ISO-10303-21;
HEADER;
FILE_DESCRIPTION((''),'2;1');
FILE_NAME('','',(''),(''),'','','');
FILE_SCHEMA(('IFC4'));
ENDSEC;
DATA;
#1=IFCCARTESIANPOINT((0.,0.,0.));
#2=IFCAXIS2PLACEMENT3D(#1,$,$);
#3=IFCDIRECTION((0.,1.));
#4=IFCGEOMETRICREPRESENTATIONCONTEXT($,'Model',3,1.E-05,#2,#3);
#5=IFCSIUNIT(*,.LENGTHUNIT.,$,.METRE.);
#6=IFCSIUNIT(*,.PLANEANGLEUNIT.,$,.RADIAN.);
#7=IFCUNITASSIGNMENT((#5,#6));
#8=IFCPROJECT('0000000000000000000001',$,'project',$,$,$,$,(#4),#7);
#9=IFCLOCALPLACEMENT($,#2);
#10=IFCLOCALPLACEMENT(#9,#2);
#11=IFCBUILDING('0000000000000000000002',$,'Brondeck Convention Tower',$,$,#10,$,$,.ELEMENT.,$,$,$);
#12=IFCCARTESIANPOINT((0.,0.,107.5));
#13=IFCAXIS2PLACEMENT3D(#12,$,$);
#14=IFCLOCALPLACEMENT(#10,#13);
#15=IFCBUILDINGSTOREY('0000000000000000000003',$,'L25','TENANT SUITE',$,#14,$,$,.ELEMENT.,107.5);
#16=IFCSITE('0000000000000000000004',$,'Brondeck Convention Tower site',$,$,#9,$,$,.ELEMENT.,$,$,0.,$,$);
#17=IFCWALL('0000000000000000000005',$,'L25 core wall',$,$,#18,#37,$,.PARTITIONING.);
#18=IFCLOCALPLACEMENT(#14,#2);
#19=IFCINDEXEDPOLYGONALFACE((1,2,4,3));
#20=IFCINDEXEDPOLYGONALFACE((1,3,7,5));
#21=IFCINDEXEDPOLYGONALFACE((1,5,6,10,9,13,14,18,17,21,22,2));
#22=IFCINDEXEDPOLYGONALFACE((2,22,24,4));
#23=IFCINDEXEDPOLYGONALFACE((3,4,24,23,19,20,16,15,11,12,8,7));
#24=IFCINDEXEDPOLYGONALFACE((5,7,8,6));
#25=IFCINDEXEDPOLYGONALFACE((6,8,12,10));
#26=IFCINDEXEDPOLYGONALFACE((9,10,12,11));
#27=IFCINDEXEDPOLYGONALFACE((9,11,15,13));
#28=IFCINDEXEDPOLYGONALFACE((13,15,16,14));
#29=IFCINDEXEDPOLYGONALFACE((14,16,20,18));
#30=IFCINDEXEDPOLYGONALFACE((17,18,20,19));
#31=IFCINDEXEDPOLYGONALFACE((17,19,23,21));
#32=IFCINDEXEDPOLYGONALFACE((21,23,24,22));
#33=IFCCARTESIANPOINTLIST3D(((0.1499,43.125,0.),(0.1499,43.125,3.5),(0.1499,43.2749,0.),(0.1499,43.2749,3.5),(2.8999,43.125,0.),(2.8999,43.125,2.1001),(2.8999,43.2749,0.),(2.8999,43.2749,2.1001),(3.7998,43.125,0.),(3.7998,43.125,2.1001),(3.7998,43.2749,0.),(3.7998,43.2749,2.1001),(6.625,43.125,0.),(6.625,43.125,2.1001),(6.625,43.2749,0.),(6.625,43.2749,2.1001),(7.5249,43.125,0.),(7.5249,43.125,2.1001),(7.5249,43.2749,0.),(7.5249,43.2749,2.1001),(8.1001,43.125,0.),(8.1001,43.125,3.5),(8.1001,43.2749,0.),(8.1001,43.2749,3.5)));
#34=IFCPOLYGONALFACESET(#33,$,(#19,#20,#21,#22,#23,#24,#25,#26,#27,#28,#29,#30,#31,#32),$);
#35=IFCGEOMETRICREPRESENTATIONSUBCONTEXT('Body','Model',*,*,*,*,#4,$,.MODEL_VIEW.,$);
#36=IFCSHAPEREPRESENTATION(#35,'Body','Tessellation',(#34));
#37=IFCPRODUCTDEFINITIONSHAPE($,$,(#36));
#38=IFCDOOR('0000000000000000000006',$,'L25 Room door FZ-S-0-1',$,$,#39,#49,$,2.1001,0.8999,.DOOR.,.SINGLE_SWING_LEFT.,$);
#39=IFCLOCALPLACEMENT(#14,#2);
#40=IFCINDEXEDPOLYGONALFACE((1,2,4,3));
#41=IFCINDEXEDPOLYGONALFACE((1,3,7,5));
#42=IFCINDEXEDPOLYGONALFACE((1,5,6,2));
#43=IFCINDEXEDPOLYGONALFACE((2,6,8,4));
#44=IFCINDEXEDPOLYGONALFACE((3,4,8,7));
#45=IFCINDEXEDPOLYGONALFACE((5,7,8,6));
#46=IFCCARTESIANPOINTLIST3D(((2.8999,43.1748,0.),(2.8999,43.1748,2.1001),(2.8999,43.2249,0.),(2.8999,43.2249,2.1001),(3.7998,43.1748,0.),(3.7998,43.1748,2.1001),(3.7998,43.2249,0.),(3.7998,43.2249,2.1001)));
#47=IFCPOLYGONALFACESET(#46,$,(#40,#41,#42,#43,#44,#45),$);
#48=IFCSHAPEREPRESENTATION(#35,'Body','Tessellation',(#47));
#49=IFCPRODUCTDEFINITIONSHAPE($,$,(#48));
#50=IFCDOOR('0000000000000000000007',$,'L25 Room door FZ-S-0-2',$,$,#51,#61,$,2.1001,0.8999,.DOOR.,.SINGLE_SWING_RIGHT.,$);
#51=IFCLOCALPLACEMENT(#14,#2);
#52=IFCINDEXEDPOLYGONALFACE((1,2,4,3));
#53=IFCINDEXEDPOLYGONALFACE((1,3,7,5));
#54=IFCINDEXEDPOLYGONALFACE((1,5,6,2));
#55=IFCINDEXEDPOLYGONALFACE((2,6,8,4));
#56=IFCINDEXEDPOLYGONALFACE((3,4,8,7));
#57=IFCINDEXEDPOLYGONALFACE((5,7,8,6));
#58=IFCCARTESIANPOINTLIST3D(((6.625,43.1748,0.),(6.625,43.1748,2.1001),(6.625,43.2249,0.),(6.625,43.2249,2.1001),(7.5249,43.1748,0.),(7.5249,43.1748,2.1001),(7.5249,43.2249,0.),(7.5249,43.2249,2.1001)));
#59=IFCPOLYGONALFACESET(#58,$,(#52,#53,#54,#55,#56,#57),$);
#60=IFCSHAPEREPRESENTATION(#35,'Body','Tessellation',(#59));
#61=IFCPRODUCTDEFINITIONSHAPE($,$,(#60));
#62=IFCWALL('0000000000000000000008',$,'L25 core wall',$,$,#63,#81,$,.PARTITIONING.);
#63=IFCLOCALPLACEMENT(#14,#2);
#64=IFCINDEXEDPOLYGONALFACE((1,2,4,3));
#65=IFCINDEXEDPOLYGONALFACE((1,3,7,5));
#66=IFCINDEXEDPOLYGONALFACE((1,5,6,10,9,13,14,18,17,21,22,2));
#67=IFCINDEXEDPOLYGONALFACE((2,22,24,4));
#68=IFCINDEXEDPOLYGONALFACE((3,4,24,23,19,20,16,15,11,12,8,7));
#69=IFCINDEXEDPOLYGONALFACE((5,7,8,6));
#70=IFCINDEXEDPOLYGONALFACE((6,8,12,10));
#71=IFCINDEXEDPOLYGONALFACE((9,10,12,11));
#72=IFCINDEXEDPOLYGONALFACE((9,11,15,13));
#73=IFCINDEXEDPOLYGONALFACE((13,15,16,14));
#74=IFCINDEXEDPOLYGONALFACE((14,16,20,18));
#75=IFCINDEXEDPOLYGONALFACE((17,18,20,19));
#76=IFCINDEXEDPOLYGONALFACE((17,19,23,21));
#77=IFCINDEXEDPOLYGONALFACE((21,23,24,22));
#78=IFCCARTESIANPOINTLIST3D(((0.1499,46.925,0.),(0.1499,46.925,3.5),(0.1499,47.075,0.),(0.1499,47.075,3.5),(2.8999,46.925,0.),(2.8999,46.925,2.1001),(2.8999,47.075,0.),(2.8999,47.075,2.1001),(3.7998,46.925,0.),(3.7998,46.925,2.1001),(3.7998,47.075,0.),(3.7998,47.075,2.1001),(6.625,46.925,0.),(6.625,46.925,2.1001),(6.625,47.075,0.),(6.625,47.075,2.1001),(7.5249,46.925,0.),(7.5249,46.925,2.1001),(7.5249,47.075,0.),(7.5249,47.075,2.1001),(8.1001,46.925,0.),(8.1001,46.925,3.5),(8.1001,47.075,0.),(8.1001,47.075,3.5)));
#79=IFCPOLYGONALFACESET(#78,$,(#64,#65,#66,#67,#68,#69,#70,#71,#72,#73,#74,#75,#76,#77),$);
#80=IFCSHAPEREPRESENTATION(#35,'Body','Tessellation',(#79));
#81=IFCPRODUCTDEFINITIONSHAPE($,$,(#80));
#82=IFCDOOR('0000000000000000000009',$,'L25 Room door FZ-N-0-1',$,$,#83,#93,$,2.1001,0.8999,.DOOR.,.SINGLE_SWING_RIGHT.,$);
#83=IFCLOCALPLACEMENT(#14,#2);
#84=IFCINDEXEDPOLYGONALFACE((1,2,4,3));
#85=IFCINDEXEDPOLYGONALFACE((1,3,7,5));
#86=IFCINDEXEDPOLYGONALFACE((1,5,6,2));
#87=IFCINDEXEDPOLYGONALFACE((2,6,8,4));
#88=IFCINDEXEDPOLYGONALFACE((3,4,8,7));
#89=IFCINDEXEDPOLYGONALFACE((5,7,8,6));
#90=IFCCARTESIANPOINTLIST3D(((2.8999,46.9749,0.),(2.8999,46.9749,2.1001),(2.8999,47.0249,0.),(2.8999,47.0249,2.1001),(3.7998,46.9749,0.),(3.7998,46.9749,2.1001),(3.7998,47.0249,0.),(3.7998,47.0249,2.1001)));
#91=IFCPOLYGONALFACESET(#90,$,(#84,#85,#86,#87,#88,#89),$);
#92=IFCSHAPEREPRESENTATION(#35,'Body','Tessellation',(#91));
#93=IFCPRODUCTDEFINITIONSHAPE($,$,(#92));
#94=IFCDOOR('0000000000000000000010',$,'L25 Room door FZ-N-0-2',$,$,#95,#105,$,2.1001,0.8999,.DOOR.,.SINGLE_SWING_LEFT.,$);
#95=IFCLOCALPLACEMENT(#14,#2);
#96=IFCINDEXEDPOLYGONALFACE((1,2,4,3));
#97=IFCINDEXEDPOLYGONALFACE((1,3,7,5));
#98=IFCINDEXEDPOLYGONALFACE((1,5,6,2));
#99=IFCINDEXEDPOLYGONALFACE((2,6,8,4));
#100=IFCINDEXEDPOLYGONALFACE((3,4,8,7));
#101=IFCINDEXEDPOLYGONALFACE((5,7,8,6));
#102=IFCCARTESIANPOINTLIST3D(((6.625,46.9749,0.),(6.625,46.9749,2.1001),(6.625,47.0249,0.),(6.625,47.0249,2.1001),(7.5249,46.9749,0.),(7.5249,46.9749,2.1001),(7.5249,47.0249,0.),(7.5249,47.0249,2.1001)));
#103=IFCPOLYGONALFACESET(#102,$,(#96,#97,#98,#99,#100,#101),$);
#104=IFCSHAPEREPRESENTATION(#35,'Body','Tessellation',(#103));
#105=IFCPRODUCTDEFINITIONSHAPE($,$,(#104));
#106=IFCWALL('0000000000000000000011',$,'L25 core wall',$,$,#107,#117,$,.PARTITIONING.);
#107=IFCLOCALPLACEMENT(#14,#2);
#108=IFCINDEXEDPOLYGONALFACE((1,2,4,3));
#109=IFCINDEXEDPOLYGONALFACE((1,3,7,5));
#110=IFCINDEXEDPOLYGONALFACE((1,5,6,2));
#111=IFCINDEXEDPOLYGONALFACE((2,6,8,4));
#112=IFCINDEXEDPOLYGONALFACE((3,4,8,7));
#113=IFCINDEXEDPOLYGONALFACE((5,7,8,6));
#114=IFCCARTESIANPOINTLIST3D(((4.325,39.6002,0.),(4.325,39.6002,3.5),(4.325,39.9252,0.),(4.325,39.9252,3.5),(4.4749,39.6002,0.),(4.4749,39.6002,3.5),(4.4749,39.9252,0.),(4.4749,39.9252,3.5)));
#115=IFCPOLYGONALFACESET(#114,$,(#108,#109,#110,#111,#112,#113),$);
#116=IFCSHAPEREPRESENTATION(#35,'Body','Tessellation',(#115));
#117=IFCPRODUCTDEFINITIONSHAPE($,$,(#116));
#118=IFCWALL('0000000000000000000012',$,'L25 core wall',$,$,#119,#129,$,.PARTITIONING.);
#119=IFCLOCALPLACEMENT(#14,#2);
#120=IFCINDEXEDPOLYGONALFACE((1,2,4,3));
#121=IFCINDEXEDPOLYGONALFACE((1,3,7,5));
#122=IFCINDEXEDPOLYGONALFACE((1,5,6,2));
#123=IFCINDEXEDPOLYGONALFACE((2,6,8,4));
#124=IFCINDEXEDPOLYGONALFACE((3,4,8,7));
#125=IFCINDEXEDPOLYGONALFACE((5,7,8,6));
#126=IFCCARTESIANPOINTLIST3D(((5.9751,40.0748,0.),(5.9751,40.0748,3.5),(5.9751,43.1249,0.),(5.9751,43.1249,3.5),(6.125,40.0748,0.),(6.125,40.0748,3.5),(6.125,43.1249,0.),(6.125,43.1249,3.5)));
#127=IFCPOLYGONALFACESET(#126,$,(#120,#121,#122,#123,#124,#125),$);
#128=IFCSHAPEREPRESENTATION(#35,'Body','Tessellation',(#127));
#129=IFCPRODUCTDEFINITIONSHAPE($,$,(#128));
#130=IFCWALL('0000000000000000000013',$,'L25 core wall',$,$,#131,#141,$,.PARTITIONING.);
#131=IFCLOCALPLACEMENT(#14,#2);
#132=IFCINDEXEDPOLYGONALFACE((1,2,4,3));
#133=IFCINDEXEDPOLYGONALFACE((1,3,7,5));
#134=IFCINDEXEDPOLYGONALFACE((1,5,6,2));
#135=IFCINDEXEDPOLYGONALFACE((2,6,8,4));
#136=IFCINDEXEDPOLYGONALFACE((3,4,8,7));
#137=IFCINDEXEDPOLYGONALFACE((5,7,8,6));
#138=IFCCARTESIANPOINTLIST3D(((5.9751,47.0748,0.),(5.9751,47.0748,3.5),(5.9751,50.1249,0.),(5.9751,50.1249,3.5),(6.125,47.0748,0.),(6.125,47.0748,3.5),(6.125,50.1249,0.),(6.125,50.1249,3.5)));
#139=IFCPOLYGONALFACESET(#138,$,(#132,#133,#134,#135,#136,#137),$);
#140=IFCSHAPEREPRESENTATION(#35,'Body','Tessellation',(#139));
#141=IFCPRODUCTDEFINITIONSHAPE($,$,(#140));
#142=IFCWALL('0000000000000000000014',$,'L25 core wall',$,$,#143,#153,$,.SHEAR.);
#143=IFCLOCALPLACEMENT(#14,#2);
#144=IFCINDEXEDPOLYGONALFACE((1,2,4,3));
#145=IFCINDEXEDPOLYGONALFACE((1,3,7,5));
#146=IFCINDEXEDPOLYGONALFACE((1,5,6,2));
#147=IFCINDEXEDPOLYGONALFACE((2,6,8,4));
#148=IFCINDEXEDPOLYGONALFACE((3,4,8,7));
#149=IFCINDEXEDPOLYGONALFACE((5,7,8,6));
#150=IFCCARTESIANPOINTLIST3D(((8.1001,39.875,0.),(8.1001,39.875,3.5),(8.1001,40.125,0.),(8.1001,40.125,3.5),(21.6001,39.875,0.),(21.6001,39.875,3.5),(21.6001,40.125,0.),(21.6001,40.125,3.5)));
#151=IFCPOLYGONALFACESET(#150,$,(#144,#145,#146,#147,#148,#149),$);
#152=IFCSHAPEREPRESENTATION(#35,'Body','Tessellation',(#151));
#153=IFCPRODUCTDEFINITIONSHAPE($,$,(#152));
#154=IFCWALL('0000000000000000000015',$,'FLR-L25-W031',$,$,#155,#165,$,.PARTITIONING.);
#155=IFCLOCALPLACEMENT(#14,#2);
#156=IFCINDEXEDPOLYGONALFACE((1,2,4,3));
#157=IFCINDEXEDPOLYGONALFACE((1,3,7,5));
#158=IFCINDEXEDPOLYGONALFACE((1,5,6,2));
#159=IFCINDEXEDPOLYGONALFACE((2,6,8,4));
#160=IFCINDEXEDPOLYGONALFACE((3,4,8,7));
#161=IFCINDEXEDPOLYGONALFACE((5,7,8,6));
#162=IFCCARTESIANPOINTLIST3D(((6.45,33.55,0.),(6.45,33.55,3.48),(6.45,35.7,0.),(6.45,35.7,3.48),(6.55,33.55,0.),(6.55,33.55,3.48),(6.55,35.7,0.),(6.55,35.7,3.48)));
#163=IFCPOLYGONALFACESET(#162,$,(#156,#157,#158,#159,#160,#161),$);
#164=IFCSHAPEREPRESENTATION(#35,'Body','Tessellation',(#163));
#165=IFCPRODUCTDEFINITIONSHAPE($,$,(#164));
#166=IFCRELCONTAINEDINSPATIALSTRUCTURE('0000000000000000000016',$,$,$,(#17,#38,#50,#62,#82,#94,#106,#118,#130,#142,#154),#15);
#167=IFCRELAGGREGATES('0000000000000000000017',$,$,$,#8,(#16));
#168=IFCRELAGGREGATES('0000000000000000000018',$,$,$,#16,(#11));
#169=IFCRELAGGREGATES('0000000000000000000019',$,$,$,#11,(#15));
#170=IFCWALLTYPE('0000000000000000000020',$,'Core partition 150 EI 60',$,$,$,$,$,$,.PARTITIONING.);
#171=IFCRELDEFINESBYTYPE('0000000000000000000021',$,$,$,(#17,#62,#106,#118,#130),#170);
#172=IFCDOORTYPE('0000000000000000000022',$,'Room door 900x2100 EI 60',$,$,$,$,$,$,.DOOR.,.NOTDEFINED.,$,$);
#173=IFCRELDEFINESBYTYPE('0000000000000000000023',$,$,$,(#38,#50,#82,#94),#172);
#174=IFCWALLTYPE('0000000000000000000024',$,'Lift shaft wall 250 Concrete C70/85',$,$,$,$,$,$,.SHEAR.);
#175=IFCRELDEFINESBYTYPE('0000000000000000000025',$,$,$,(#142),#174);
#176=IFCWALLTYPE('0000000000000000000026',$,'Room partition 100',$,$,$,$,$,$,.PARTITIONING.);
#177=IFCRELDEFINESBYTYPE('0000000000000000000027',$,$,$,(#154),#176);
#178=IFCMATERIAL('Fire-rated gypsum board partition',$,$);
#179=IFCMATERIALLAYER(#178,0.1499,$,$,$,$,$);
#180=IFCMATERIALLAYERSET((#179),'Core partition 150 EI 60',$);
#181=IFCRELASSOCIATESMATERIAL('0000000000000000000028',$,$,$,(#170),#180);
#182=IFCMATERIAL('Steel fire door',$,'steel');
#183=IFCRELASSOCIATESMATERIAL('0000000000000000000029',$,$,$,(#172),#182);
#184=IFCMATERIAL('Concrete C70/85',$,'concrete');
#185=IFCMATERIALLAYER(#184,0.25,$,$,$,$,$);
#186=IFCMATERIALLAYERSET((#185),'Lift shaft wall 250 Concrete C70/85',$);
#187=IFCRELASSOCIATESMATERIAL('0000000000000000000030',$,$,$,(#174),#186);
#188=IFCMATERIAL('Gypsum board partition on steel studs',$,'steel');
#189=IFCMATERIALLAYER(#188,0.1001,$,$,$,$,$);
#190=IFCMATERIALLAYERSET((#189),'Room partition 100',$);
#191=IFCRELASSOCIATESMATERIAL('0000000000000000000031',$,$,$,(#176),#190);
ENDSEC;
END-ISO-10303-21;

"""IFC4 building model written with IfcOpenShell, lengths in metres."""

from ifc_helpers import new_model, si_unit, direction, frame, frame_2d, origin, place, context, subcontext, project, spatial, rectangle, extrude, material, layer, layer_set, type_object, element, fill, save


model = new_model("IFC4")

# Units and contexts
model_context = context("Model", 3, precision=1e-05, world=origin(), true_north=direction((0.0, 1.0)))
body_context = subcontext(model_context, "Body", "Model", "MODEL_VIEW")
ifc_project = project(units=[si_unit("LENGTHUNIT", "METRE"), si_unit("PLANEANGLEUNIT", "RADIAN")], contexts=[model_context])

# Site, building, storey
site_placement = place(None, origin())
site = spatial("IfcSite", under=ifc_project, at=site_placement, Name="Brondeck Convention Tower site", CompositionType="ELEMENT", RefElevation=0.0)
building_placement = place(site_placement, origin())
building = spatial("IfcBuilding", under=site, at=building_placement, Name="Brondeck Convention Tower", CompositionType="ELEMENT")
storey_placement = place(building_placement, frame((0.0, 0.0, 107.5)))
storey = spatial("IfcBuildingStorey", under=building, at=storey_placement, Name="L25", Description="TENANT SUITE", CompositionType="ELEMENT", Elevation=107.5)

# Shared definitions
ifc_material_1 = material(Name="Concrete C70/85", Category="concrete")

# Shared definitions
ifc_material_2 = material(Name="Fire-rated gypsum board partition")
ifc_layer_1 = layer(ifc_material_2, 0.1499)
ifc_layer_set_1 = layer_set([ifc_layer_1], Name="Core partition 150 EI 60")
wall_type_1 = type_object("IfcWallType", Name="Core partition 150 EI 60", PredefinedType="PARTITIONING", material=ifc_layer_set_1)
ifc_material_3 = material(Name="Steel fire door", Category="steel")
door_type_1 = type_object("IfcDoorType", Name="Room door 900x2100 EI 60", OperationType="NOTDEFINED", PredefinedType="DOOR", material=ifc_material_3)

# Walls, openings, doors
wall_1_placement = place(storey_placement, frame((0.1499, 43.2, 0.0), z_axis=(0.0, 0.0, 1.0), x_axis=(1.0, 0.0, 0.0)))
wall_1 = element("IfcWall", 1, at=wall_1_placement, inside=storey, type_object=wall_type_1, Name="L25 core wall", PredefinedType="PARTITIONING", context=body_context, shape_type="SweptSolid", body=[
    extrude(rectangle(XDim=7.9502, YDim=0.1499, at=frame_2d((3.9751, 0.0))), origin(), (0.0, 0.0, 1.0), 3.5),
])
opening_1_placement = place(wall_1_placement, frame((2.75, 0.0, 0.0)))
opening_1 = element("IfcOpeningElement", 2, at=opening_1_placement, cuts=wall_1, PredefinedType="OPENING", context=body_context, shape_type="SweptSolid", body=[
    extrude(rectangle(XDim=0.8999, YDim=2.1001, at=frame_2d((0.45, 1.05))), frame((0.0, 0.085, 0.0), z_axis=(0.0, -1.0, 0.0), x_axis=(1.0, 0.0, 0.0)), (0.0, 0.0, 1.0), 0.1699),
])
opening_2_placement = place(wall_1_placement, frame((6.4751, 0.0, 0.0)))
opening_2 = element("IfcOpeningElement", 3, at=opening_2_placement, cuts=wall_1, PredefinedType="OPENING", context=body_context, shape_type="SweptSolid", body=[
    extrude(rectangle(XDim=0.8999, YDim=2.1001, at=frame_2d((0.45, 1.05))), frame((0.0, 0.085, 0.0), z_axis=(0.0, -1.0, 0.0), x_axis=(1.0, 0.0, 0.0)), (0.0, 0.0, 1.0), 0.1699),
])
door_1_placement = place(opening_1_placement, origin())
door_1 = element("IfcDoor", 4, at=door_1_placement, inside=storey, type_object=door_type_1, Name="L25 Room door FZ-S-0-1", OperationType="SINGLE_SWING_LEFT", OverallHeight=2.1001, OverallWidth=0.8999, PredefinedType="DOOR", context=body_context, shape_type="SweptSolid", body=[
    extrude(rectangle(XDim=0.8999, YDim=2.1001, at=frame_2d((0.45, 1.05))), frame((0.0, 0.0249, 0.0), z_axis=(0.0, -1.0, 0.0), x_axis=(1.0, 0.0, 0.0)), (0.0, 0.0, 1.0), 0.05),
])
fill(opening_1, door_1)
door_2_placement = place(opening_2_placement, origin())
door_2 = element("IfcDoor", 5, at=door_2_placement, inside=storey, type_object=door_type_1, Name="L25 Room door FZ-S-0-2", OperationType="SINGLE_SWING_RIGHT", OverallHeight=2.1001, OverallWidth=0.8999, PredefinedType="DOOR", context=body_context, shape_type="SweptSolid", body=[
    extrude(rectangle(XDim=0.8999, YDim=2.1001, at=frame_2d((0.45, 1.05))), frame((0.0, 0.0249, 0.0), z_axis=(0.0, -1.0, 0.0), x_axis=(1.0, 0.0, 0.0)), (0.0, 0.0, 1.0), 0.05),
])
fill(opening_2, door_2)
wall_2_placement = place(storey_placement, frame((0.1499, 47.0, 0.0), z_axis=(0.0, 0.0, 1.0), x_axis=(1.0, 0.0, 0.0)))
wall_2 = element("IfcWall", 6, at=wall_2_placement, inside=storey, type_object=wall_type_1, Name="L25 core wall", PredefinedType="PARTITIONING", context=body_context, shape_type="SweptSolid", body=[
    extrude(rectangle(XDim=7.9502, YDim=0.1499, at=frame_2d((3.9751, 0.0))), origin(), (0.0, 0.0, 1.0), 3.5),
])
opening_3_placement = place(wall_2_placement, frame((2.75, 0.0, 0.0)))
opening_3 = element("IfcOpeningElement", 7, at=opening_3_placement, cuts=wall_2, PredefinedType="OPENING", context=body_context, shape_type="SweptSolid", body=[
    extrude(rectangle(XDim=0.8999, YDim=2.1001, at=frame_2d((0.45, 1.05))), frame((0.0, 0.085, 0.0), z_axis=(0.0, -1.0, 0.0), x_axis=(1.0, 0.0, 0.0)), (0.0, 0.0, 1.0), 0.1699),
])
opening_4_placement = place(wall_2_placement, frame((6.4751, 0.0, 0.0)))
opening_4 = element("IfcOpeningElement", 8, at=opening_4_placement, cuts=wall_2, PredefinedType="OPENING", context=body_context, shape_type="SweptSolid", body=[
    extrude(rectangle(XDim=0.8999, YDim=2.1001, at=frame_2d((0.45, 1.05))), frame((0.0, 0.085, 0.0), z_axis=(0.0, -1.0, 0.0), x_axis=(1.0, 0.0, 0.0)), (0.0, 0.0, 1.0), 0.1699),
])
door_3_placement = place(opening_3_placement, origin())
door_3 = element("IfcDoor", 9, at=door_3_placement, inside=storey, type_object=door_type_1, Name="L25 Room door FZ-N-0-1", OperationType="SINGLE_SWING_RIGHT", OverallHeight=2.1001, OverallWidth=0.8999, PredefinedType="DOOR", context=body_context, shape_type="SweptSolid", body=[
    extrude(rectangle(XDim=0.8999, YDim=2.1001, at=frame_2d((0.45, 1.05))), frame((0.0, 0.0249, 0.0), z_axis=(0.0, -1.0, 0.0), x_axis=(1.0, 0.0, 0.0)), (0.0, 0.0, 1.0), 0.05),
])
fill(opening_3, door_3)
door_4_placement = place(opening_4_placement, origin())
door_4 = element("IfcDoor", 10, at=door_4_placement, inside=storey, type_object=door_type_1, Name="L25 Room door FZ-N-0-2", OperationType="SINGLE_SWING_LEFT", OverallHeight=2.1001, OverallWidth=0.8999, PredefinedType="DOOR", context=body_context, shape_type="SweptSolid", body=[
    extrude(rectangle(XDim=0.8999, YDim=2.1001, at=frame_2d((0.45, 1.05))), frame((0.0, 0.0249, 0.0), z_axis=(0.0, -1.0, 0.0), x_axis=(1.0, 0.0, 0.0)), (0.0, 0.0, 1.0), 0.05),
])
fill(opening_4, door_4)

# Walls
wall_3_placement = place(storey_placement, frame((4.3999, 39.6001, 0.0), z_axis=(0.0, 0.0, 1.0), x_axis=(0.0, 1.0, 0.0)))
element("IfcWall", 11, at=wall_3_placement, inside=storey, type_object=wall_type_1, Name="L25 core wall", PredefinedType="PARTITIONING", context=body_context, shape_type="SweptSolid", body=[
    extrude(rectangle(XDim=0.325, YDim=0.1499, at=frame_2d((0.1626, 0.0))), origin(), (0.0, 0.0, 1.0), 3.5),
])
for number, where, z_axis, x_axis, name in (
    (12, (6.05, 40.075, 0.0), (0.0, 0.0, 1.0), (0.0, 1.0, 0.0), "L25 core wall"),
    (13, (6.05, 47.075, 0.0), (0.0, 0.0, 1.0), (0.0, 1.0, 0.0), "L25 core wall"),
):
    element("IfcWall", number, at=place(storey_placement, frame(where, z_axis=z_axis, x_axis=x_axis)), inside=storey, type_object=wall_type_1, Name=name, PredefinedType="PARTITIONING", context=body_context, shape_type="SweptSolid", body=[
        extrude(rectangle(XDim=3.05, YDim=0.1499, at=frame_2d((1.5249, 0.0))), origin(), (0.0, 0.0, 1.0), 3.5),
    ])
ifc_layer_2 = layer(ifc_material_1, 0.25)
ifc_layer_set_2 = layer_set([ifc_layer_2], Name="Lift shaft wall 250 Concrete C70/85")
wall_type_2 = type_object("IfcWallType", Name="Lift shaft wall 250 Concrete C70/85", PredefinedType="SHEAR", material=ifc_layer_set_2)
wall_4_placement = place(storey_placement, frame((8.1001, 40.0, 0.0), z_axis=(0.0, 0.0, 1.0), x_axis=(1.0, 0.0, 0.0)))
element("IfcWall", 14, at=wall_4_placement, inside=storey, type_object=wall_type_2, Name="L25 core wall", PredefinedType="SHEAR", context=body_context, shape_type="SweptSolid", body=[
    extrude(rectangle(XDim=13.5, YDim=0.25, at=frame_2d((6.75, 0.0))), origin(), (0.0, 0.0, 1.0), 3.5),
])
ifc_material_4 = material(Name="Gypsum board partition on steel studs", Category="steel")
ifc_layer_3 = layer(ifc_material_4, 0.1001)
ifc_layer_set_3 = layer_set([ifc_layer_3], Name="Room partition 100")
wall_type_3 = type_object("IfcWallType", Name="Room partition 100", PredefinedType="PARTITIONING", material=ifc_layer_set_3)
wall_5_placement = place(storey_placement, frame((6.5, 33.55, 0.0), z_axis=(0.0, 0.0, 1.0), x_axis=(0.0, 1.0, 0.0)))
element("IfcWall", 15, at=wall_5_placement, inside=storey, type_object=wall_type_3, Name="FLR-L25-W031", PredefinedType="PARTITIONING", context=body_context, shape_type="SweptSolid", body=[
    extrude(rectangle(XDim=2.1499, YDim=0.1001, at=frame_2d((1.075, 0.0))), origin(), (0.0, 0.0, 1.0), 3.48),
])

save(model, "model.ifc")
